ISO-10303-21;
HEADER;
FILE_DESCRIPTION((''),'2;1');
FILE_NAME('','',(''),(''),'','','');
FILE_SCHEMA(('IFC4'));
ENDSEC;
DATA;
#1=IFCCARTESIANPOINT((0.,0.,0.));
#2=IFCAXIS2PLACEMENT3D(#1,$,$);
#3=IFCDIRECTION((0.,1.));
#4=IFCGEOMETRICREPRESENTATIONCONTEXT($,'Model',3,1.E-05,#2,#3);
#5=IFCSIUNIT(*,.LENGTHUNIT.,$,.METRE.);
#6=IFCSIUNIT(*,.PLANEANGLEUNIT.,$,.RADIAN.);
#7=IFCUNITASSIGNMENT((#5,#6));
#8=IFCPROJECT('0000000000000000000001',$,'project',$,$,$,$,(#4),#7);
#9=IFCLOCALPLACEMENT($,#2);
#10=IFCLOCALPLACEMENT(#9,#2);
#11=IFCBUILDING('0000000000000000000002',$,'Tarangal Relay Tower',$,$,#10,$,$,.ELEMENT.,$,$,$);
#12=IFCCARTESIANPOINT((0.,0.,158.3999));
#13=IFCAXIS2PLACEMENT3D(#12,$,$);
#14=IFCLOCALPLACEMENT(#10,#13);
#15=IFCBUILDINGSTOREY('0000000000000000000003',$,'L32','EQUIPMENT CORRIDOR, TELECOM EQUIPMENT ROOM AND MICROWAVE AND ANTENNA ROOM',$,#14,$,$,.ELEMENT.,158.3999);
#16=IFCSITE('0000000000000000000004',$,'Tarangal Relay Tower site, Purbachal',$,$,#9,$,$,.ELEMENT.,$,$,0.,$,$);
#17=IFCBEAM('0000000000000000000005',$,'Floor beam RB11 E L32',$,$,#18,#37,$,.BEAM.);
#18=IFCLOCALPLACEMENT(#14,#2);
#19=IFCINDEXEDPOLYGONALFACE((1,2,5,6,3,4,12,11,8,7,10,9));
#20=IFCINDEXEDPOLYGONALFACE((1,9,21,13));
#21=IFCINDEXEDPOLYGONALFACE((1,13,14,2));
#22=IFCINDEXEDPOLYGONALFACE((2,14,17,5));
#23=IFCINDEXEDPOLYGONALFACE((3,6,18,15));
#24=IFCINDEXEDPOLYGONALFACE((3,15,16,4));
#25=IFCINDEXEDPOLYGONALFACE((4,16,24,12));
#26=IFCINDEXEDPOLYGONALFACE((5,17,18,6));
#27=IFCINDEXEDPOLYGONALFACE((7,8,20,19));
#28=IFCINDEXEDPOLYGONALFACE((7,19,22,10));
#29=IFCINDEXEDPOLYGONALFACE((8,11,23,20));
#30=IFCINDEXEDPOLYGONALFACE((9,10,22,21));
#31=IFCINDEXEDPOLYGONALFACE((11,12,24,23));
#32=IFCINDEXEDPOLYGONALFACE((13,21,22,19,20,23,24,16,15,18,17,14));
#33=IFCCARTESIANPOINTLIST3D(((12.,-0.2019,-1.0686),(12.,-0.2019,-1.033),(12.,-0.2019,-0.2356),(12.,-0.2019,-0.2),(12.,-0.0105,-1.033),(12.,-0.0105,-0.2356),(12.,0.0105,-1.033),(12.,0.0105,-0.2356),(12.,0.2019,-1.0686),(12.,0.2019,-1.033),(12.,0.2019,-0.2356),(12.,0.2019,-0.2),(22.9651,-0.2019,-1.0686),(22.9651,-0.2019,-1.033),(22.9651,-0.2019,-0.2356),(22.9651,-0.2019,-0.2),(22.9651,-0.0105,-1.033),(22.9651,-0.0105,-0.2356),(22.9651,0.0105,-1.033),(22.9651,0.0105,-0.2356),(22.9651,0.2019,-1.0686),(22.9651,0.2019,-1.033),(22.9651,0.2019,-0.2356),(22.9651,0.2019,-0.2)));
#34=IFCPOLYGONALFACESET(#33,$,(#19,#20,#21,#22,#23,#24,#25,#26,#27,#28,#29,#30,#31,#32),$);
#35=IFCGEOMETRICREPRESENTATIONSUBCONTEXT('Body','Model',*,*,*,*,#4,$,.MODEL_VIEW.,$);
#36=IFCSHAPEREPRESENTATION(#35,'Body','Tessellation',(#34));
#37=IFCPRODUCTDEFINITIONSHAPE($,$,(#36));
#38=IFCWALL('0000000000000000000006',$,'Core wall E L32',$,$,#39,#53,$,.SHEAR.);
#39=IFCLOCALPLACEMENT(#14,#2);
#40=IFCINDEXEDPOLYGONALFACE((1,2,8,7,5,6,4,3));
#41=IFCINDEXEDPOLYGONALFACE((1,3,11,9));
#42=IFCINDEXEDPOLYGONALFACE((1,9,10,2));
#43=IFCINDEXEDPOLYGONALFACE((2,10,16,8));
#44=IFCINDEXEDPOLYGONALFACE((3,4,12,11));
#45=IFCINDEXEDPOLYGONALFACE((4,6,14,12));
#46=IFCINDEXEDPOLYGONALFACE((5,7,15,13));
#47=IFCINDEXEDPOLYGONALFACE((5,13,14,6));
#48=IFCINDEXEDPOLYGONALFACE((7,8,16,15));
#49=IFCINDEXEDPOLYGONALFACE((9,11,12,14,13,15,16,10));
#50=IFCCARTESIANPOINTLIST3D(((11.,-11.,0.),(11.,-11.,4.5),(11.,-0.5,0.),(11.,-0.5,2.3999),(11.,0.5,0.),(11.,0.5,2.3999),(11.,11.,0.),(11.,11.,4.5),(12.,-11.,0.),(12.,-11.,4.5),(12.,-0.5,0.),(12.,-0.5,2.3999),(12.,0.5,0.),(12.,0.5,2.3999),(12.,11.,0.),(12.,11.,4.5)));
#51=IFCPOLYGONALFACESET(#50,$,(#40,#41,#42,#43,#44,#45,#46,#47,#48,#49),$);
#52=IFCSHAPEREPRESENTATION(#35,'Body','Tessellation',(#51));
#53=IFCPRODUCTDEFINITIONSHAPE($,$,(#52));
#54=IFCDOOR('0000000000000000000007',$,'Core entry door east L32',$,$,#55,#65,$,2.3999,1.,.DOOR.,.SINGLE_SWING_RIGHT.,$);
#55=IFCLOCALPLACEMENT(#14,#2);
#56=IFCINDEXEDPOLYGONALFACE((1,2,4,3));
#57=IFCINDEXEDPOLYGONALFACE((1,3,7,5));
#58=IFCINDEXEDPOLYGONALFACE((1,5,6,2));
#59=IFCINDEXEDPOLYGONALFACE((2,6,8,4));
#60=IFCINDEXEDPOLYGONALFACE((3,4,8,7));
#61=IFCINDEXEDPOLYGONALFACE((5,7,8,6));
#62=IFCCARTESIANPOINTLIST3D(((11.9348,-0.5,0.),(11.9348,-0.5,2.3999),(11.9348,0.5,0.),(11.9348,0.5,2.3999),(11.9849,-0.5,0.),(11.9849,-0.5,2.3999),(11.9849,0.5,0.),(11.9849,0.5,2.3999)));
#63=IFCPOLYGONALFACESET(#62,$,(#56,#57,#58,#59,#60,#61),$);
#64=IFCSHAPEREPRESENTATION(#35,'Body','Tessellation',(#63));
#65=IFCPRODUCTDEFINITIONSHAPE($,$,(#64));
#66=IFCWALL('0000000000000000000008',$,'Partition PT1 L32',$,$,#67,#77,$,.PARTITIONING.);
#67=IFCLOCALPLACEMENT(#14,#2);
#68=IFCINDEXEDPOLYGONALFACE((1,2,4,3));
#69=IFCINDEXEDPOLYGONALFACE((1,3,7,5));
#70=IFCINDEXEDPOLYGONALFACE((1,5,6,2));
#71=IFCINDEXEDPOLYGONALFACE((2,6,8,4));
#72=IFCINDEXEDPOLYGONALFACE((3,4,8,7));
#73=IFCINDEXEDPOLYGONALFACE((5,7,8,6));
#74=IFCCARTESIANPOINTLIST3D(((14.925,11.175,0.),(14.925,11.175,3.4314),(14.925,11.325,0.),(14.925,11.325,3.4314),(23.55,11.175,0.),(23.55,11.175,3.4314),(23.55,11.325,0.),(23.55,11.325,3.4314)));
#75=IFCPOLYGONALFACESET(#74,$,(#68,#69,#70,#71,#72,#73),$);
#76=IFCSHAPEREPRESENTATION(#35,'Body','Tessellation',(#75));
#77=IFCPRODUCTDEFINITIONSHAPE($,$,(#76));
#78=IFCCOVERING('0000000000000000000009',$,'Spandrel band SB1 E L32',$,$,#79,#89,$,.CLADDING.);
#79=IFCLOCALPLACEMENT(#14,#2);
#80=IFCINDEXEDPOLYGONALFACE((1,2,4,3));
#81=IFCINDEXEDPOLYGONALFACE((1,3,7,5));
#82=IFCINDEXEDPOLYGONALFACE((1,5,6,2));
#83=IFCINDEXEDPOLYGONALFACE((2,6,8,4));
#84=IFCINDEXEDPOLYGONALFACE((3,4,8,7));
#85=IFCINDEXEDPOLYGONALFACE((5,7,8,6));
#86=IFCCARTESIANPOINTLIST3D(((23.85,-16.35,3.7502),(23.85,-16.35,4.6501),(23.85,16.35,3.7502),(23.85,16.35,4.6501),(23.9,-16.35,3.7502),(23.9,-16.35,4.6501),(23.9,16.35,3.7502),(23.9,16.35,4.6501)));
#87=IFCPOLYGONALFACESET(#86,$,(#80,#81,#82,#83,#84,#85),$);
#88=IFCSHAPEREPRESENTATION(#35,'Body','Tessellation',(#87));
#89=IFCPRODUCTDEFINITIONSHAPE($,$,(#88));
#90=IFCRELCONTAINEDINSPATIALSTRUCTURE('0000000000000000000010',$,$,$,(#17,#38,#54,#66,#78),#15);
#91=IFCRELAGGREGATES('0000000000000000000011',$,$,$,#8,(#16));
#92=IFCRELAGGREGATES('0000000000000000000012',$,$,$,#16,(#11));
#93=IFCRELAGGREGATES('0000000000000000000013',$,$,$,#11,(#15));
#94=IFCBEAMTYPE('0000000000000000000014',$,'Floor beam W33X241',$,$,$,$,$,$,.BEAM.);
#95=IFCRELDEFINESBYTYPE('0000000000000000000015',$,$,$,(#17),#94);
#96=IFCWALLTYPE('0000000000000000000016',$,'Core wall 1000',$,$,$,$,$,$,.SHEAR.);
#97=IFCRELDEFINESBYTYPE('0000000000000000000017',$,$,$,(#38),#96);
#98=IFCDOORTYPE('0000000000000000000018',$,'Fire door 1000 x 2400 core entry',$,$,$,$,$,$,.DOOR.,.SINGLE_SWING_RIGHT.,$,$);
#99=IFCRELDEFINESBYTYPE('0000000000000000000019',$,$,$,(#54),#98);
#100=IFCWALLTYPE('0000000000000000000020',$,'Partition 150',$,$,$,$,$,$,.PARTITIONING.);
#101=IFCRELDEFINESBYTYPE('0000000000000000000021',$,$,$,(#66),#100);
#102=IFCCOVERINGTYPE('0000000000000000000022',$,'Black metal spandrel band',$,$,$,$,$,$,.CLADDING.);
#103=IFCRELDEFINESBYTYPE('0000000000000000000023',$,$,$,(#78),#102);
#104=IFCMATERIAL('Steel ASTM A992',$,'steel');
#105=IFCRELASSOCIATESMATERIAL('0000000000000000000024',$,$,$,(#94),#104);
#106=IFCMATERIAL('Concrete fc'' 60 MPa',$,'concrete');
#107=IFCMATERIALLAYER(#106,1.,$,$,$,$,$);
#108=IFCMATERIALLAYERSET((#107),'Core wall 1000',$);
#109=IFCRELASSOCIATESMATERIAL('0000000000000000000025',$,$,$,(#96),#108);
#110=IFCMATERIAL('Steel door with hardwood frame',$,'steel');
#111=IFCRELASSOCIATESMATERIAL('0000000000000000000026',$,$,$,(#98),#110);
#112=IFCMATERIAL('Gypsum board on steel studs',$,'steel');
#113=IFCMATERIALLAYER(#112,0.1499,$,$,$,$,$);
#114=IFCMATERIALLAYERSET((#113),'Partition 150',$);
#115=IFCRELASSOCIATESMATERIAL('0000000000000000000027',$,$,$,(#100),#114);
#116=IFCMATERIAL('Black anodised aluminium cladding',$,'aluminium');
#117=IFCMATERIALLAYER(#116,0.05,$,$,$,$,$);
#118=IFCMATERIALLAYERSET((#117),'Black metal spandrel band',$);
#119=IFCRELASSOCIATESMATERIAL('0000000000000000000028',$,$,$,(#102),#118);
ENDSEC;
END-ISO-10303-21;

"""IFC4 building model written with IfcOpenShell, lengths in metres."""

from ifc_helpers import new_model, si_unit, direction, frame, frame_2d, origin, origin_2d, place, context, subcontext, project, spatial, rectangle, i_section, extrude, material, layer, layer_set, material_profile, profile_set, type_object, element, fill, save


model = new_model("IFC4")

# Units and contexts
model_context = context("Model", 3, precision=1e-05, world=origin(), true_north=direction((0.0, 1.0)))
body_context = subcontext(model_context, "Body", "Model", "MODEL_VIEW")
ifc_project = project(units=[si_unit("LENGTHUNIT", "METRE"), si_unit("PLANEANGLEUNIT", "RADIAN")], contexts=[model_context])

# Site, building, storey
site_placement = place(None, origin())
site = spatial("IfcSite", under=ifc_project, at=site_placement, Name="Tarangal Relay Tower site, Purbachal", CompositionType="ELEMENT", RefElevation=0.0)
building_placement = place(site_placement, origin())
building = spatial("IfcBuilding", under=site, at=building_placement, Name="Tarangal Relay Tower", CompositionType="ELEMENT")
storey_placement = place(building_placement, frame((0.0, 0.0, 158.3999)))
storey = spatial("IfcBuildingStorey", under=building, at=storey_placement, Name="L32", Description="EQUIPMENT CORRIDOR, TELECOM EQUIPMENT ROOM AND MICROWAVE AND ANTENNA ROOM", CompositionType="ELEMENT", Elevation=158.3999)

# Beam
ifc_material_1 = material(Name="Steel ASTM A992", Category="steel")
ifc_material_profile_1 = material_profile(ifc_material_1, i_section(OverallWidth=0.4038, OverallDepth=0.8687, WebThickness=0.021, FlangeThickness=0.0356, at=origin_2d()), Name="W33X241")
ifc_profile_set_1 = profile_set([ifc_material_profile_1], Name="Steel ASTM A992")
beam_type_1 = type_object("IfcBeamType", Name="Floor beam W33X241", PredefinedType="BEAM", material=ifc_profile_set_1)
for number, where, z_axis, x_axis, name in (
    (1, (12.0, 0.0, -0.6343), (1.0, 0.0, 0.0), (0.0, 1.0, 0.0), "Floor beam RB11 E L32"),
):
    element("IfcBeam", number, at=place(storey_placement, frame(where, z_axis=z_axis, x_axis=x_axis)), inside=storey, type_object=beam_type_1, Name=name, PredefinedType="BEAM", context=body_context, shape_type="SweptSolid", body=[
        extrude(i_section(OverallWidth=0.4038, OverallDepth=0.8687, WebThickness=0.021, FlangeThickness=0.0356, at=origin_2d()), origin(), (0.0, 0.0, 1.0), 10.9651),
    ])

# Wall, opening, door
ifc_material_2 = material(Name="Concrete fc' 60 MPa", Category="concrete")
ifc_layer_1 = layer(ifc_material_2, 1.0)
ifc_layer_set_1 = layer_set([ifc_layer_1], Name="Core wall 1000")
wall_type_1 = type_object("IfcWallType", Name="Core wall 1000", PredefinedType="SHEAR", material=ifc_layer_set_1)
wall_1_placement = place(storey_placement, frame((11.5, 11.0, 0.0), z_axis=(0.0, 0.0, 1.0), x_axis=(0.0, -1.0, 0.0)))
wall_1 = element("IfcWall", 2, at=wall_1_placement, inside=storey, type_object=wall_type_1, Name="Core wall E L32", PredefinedType="SHEAR", context=body_context, shape_type="SweptSolid", body=[
    extrude(rectangle(XDim=22.0, YDim=1.0, at=frame_2d((11.0, 0.0))), origin(), (0.0, 0.0, 1.0), 4.5),
])
opening_placement = place(wall_1_placement, frame((10.5, 0.0, 0.0)))
opening = element("IfcOpeningElement", 3, at=opening_placement, cuts=wall_1, PredefinedType="OPENING", context=body_context, shape_type="SweptSolid", body=[
    extrude(rectangle(XDim=1.0, YDim=2.3999, at=frame_2d((0.5, 1.2))), frame((0.0, 0.51, 0.0), z_axis=(0.0, -1.0, 0.0), x_axis=(1.0, 0.0, 0.0)), (0.0, 0.0, 1.0), 1.02),
])
ifc_material_3 = material(Name="Steel door with hardwood frame", Category="steel")
door_type = type_object("IfcDoorType", Name="Fire door 1000 x 2400 core entry", OperationType="SINGLE_SWING_RIGHT", PredefinedType="DOOR", material=ifc_material_3)
door_placement = place(opening_placement, origin())
door = element("IfcDoor", 4, at=door_placement, inside=storey, type_object=door_type, Name="Core entry door east L32", OperationType="SINGLE_SWING_RIGHT", OverallHeight=2.3999, OverallWidth=1.0, PredefinedType="DOOR", context=body_context, shape_type="SweptSolid", body=[
    extrude(rectangle(XDim=1.0, YDim=2.3999, at=frame_2d((0.5, 1.2))), frame((0.0, 0.4849, 0.0), z_axis=(0.0, -1.0, 0.0), x_axis=(1.0, 0.0, 0.0)), (0.0, 0.0, 1.0), 0.05),
])
fill(opening, door)

# Wall
ifc_material_4 = material(Name="Gypsum board on steel studs", Category="steel")
ifc_layer_2 = layer(ifc_material_4, 0.1499)
ifc_layer_set_2 = layer_set([ifc_layer_2], Name="Partition 150")
wall_type_2 = type_object("IfcWallType", Name="Partition 150", PredefinedType="PARTITIONING", material=ifc_layer_set_2)
wall_2_placement = place(storey_placement, frame((14.925, 11.25, 0.0), z_axis=(0.0, 0.0, 1.0), x_axis=(1.0, 0.0, 0.0)))
element("IfcWall", 5, at=wall_2_placement, inside=storey, type_object=wall_type_2, Name="Partition PT1 L32", PredefinedType="PARTITIONING", context=body_context, shape_type="SweptSolid", body=[
    extrude(rectangle(XDim=8.625, YDim=0.1499, at=frame_2d((4.3125, 0.0))), origin(), (0.0, 0.0, 1.0), 3.4314),
])

# Covering
ifc_material_5 = material(Name="Black anodised aluminium cladding", Category="aluminium")
ifc_layer_3 = layer(ifc_material_5, 0.05)
ifc_layer_set_3 = layer_set([ifc_layer_3], Name="Black metal spandrel band")
covering_type = type_object("IfcCoveringType", Name="Black metal spandrel band", PredefinedType="CLADDING", material=ifc_layer_set_3)
covering_placement = place(storey_placement, frame((23.875, 0.0, 3.7502), z_axis=(0.0, 0.0, 1.0), x_axis=(0.0, -1.0, 0.0)))
element("IfcCovering", 6, at=covering_placement, inside=storey, type_object=covering_type, Name="Spandrel band SB1 E L32", PredefinedType="CLADDING", context=body_context, shape_type="SweptSolid", body=[
    extrude(rectangle(XDim=32.7, YDim=0.05, at=origin_2d()), origin(), (0.0, 0.0, 1.0), 0.8999),
])

save(model, "model.ifc")
